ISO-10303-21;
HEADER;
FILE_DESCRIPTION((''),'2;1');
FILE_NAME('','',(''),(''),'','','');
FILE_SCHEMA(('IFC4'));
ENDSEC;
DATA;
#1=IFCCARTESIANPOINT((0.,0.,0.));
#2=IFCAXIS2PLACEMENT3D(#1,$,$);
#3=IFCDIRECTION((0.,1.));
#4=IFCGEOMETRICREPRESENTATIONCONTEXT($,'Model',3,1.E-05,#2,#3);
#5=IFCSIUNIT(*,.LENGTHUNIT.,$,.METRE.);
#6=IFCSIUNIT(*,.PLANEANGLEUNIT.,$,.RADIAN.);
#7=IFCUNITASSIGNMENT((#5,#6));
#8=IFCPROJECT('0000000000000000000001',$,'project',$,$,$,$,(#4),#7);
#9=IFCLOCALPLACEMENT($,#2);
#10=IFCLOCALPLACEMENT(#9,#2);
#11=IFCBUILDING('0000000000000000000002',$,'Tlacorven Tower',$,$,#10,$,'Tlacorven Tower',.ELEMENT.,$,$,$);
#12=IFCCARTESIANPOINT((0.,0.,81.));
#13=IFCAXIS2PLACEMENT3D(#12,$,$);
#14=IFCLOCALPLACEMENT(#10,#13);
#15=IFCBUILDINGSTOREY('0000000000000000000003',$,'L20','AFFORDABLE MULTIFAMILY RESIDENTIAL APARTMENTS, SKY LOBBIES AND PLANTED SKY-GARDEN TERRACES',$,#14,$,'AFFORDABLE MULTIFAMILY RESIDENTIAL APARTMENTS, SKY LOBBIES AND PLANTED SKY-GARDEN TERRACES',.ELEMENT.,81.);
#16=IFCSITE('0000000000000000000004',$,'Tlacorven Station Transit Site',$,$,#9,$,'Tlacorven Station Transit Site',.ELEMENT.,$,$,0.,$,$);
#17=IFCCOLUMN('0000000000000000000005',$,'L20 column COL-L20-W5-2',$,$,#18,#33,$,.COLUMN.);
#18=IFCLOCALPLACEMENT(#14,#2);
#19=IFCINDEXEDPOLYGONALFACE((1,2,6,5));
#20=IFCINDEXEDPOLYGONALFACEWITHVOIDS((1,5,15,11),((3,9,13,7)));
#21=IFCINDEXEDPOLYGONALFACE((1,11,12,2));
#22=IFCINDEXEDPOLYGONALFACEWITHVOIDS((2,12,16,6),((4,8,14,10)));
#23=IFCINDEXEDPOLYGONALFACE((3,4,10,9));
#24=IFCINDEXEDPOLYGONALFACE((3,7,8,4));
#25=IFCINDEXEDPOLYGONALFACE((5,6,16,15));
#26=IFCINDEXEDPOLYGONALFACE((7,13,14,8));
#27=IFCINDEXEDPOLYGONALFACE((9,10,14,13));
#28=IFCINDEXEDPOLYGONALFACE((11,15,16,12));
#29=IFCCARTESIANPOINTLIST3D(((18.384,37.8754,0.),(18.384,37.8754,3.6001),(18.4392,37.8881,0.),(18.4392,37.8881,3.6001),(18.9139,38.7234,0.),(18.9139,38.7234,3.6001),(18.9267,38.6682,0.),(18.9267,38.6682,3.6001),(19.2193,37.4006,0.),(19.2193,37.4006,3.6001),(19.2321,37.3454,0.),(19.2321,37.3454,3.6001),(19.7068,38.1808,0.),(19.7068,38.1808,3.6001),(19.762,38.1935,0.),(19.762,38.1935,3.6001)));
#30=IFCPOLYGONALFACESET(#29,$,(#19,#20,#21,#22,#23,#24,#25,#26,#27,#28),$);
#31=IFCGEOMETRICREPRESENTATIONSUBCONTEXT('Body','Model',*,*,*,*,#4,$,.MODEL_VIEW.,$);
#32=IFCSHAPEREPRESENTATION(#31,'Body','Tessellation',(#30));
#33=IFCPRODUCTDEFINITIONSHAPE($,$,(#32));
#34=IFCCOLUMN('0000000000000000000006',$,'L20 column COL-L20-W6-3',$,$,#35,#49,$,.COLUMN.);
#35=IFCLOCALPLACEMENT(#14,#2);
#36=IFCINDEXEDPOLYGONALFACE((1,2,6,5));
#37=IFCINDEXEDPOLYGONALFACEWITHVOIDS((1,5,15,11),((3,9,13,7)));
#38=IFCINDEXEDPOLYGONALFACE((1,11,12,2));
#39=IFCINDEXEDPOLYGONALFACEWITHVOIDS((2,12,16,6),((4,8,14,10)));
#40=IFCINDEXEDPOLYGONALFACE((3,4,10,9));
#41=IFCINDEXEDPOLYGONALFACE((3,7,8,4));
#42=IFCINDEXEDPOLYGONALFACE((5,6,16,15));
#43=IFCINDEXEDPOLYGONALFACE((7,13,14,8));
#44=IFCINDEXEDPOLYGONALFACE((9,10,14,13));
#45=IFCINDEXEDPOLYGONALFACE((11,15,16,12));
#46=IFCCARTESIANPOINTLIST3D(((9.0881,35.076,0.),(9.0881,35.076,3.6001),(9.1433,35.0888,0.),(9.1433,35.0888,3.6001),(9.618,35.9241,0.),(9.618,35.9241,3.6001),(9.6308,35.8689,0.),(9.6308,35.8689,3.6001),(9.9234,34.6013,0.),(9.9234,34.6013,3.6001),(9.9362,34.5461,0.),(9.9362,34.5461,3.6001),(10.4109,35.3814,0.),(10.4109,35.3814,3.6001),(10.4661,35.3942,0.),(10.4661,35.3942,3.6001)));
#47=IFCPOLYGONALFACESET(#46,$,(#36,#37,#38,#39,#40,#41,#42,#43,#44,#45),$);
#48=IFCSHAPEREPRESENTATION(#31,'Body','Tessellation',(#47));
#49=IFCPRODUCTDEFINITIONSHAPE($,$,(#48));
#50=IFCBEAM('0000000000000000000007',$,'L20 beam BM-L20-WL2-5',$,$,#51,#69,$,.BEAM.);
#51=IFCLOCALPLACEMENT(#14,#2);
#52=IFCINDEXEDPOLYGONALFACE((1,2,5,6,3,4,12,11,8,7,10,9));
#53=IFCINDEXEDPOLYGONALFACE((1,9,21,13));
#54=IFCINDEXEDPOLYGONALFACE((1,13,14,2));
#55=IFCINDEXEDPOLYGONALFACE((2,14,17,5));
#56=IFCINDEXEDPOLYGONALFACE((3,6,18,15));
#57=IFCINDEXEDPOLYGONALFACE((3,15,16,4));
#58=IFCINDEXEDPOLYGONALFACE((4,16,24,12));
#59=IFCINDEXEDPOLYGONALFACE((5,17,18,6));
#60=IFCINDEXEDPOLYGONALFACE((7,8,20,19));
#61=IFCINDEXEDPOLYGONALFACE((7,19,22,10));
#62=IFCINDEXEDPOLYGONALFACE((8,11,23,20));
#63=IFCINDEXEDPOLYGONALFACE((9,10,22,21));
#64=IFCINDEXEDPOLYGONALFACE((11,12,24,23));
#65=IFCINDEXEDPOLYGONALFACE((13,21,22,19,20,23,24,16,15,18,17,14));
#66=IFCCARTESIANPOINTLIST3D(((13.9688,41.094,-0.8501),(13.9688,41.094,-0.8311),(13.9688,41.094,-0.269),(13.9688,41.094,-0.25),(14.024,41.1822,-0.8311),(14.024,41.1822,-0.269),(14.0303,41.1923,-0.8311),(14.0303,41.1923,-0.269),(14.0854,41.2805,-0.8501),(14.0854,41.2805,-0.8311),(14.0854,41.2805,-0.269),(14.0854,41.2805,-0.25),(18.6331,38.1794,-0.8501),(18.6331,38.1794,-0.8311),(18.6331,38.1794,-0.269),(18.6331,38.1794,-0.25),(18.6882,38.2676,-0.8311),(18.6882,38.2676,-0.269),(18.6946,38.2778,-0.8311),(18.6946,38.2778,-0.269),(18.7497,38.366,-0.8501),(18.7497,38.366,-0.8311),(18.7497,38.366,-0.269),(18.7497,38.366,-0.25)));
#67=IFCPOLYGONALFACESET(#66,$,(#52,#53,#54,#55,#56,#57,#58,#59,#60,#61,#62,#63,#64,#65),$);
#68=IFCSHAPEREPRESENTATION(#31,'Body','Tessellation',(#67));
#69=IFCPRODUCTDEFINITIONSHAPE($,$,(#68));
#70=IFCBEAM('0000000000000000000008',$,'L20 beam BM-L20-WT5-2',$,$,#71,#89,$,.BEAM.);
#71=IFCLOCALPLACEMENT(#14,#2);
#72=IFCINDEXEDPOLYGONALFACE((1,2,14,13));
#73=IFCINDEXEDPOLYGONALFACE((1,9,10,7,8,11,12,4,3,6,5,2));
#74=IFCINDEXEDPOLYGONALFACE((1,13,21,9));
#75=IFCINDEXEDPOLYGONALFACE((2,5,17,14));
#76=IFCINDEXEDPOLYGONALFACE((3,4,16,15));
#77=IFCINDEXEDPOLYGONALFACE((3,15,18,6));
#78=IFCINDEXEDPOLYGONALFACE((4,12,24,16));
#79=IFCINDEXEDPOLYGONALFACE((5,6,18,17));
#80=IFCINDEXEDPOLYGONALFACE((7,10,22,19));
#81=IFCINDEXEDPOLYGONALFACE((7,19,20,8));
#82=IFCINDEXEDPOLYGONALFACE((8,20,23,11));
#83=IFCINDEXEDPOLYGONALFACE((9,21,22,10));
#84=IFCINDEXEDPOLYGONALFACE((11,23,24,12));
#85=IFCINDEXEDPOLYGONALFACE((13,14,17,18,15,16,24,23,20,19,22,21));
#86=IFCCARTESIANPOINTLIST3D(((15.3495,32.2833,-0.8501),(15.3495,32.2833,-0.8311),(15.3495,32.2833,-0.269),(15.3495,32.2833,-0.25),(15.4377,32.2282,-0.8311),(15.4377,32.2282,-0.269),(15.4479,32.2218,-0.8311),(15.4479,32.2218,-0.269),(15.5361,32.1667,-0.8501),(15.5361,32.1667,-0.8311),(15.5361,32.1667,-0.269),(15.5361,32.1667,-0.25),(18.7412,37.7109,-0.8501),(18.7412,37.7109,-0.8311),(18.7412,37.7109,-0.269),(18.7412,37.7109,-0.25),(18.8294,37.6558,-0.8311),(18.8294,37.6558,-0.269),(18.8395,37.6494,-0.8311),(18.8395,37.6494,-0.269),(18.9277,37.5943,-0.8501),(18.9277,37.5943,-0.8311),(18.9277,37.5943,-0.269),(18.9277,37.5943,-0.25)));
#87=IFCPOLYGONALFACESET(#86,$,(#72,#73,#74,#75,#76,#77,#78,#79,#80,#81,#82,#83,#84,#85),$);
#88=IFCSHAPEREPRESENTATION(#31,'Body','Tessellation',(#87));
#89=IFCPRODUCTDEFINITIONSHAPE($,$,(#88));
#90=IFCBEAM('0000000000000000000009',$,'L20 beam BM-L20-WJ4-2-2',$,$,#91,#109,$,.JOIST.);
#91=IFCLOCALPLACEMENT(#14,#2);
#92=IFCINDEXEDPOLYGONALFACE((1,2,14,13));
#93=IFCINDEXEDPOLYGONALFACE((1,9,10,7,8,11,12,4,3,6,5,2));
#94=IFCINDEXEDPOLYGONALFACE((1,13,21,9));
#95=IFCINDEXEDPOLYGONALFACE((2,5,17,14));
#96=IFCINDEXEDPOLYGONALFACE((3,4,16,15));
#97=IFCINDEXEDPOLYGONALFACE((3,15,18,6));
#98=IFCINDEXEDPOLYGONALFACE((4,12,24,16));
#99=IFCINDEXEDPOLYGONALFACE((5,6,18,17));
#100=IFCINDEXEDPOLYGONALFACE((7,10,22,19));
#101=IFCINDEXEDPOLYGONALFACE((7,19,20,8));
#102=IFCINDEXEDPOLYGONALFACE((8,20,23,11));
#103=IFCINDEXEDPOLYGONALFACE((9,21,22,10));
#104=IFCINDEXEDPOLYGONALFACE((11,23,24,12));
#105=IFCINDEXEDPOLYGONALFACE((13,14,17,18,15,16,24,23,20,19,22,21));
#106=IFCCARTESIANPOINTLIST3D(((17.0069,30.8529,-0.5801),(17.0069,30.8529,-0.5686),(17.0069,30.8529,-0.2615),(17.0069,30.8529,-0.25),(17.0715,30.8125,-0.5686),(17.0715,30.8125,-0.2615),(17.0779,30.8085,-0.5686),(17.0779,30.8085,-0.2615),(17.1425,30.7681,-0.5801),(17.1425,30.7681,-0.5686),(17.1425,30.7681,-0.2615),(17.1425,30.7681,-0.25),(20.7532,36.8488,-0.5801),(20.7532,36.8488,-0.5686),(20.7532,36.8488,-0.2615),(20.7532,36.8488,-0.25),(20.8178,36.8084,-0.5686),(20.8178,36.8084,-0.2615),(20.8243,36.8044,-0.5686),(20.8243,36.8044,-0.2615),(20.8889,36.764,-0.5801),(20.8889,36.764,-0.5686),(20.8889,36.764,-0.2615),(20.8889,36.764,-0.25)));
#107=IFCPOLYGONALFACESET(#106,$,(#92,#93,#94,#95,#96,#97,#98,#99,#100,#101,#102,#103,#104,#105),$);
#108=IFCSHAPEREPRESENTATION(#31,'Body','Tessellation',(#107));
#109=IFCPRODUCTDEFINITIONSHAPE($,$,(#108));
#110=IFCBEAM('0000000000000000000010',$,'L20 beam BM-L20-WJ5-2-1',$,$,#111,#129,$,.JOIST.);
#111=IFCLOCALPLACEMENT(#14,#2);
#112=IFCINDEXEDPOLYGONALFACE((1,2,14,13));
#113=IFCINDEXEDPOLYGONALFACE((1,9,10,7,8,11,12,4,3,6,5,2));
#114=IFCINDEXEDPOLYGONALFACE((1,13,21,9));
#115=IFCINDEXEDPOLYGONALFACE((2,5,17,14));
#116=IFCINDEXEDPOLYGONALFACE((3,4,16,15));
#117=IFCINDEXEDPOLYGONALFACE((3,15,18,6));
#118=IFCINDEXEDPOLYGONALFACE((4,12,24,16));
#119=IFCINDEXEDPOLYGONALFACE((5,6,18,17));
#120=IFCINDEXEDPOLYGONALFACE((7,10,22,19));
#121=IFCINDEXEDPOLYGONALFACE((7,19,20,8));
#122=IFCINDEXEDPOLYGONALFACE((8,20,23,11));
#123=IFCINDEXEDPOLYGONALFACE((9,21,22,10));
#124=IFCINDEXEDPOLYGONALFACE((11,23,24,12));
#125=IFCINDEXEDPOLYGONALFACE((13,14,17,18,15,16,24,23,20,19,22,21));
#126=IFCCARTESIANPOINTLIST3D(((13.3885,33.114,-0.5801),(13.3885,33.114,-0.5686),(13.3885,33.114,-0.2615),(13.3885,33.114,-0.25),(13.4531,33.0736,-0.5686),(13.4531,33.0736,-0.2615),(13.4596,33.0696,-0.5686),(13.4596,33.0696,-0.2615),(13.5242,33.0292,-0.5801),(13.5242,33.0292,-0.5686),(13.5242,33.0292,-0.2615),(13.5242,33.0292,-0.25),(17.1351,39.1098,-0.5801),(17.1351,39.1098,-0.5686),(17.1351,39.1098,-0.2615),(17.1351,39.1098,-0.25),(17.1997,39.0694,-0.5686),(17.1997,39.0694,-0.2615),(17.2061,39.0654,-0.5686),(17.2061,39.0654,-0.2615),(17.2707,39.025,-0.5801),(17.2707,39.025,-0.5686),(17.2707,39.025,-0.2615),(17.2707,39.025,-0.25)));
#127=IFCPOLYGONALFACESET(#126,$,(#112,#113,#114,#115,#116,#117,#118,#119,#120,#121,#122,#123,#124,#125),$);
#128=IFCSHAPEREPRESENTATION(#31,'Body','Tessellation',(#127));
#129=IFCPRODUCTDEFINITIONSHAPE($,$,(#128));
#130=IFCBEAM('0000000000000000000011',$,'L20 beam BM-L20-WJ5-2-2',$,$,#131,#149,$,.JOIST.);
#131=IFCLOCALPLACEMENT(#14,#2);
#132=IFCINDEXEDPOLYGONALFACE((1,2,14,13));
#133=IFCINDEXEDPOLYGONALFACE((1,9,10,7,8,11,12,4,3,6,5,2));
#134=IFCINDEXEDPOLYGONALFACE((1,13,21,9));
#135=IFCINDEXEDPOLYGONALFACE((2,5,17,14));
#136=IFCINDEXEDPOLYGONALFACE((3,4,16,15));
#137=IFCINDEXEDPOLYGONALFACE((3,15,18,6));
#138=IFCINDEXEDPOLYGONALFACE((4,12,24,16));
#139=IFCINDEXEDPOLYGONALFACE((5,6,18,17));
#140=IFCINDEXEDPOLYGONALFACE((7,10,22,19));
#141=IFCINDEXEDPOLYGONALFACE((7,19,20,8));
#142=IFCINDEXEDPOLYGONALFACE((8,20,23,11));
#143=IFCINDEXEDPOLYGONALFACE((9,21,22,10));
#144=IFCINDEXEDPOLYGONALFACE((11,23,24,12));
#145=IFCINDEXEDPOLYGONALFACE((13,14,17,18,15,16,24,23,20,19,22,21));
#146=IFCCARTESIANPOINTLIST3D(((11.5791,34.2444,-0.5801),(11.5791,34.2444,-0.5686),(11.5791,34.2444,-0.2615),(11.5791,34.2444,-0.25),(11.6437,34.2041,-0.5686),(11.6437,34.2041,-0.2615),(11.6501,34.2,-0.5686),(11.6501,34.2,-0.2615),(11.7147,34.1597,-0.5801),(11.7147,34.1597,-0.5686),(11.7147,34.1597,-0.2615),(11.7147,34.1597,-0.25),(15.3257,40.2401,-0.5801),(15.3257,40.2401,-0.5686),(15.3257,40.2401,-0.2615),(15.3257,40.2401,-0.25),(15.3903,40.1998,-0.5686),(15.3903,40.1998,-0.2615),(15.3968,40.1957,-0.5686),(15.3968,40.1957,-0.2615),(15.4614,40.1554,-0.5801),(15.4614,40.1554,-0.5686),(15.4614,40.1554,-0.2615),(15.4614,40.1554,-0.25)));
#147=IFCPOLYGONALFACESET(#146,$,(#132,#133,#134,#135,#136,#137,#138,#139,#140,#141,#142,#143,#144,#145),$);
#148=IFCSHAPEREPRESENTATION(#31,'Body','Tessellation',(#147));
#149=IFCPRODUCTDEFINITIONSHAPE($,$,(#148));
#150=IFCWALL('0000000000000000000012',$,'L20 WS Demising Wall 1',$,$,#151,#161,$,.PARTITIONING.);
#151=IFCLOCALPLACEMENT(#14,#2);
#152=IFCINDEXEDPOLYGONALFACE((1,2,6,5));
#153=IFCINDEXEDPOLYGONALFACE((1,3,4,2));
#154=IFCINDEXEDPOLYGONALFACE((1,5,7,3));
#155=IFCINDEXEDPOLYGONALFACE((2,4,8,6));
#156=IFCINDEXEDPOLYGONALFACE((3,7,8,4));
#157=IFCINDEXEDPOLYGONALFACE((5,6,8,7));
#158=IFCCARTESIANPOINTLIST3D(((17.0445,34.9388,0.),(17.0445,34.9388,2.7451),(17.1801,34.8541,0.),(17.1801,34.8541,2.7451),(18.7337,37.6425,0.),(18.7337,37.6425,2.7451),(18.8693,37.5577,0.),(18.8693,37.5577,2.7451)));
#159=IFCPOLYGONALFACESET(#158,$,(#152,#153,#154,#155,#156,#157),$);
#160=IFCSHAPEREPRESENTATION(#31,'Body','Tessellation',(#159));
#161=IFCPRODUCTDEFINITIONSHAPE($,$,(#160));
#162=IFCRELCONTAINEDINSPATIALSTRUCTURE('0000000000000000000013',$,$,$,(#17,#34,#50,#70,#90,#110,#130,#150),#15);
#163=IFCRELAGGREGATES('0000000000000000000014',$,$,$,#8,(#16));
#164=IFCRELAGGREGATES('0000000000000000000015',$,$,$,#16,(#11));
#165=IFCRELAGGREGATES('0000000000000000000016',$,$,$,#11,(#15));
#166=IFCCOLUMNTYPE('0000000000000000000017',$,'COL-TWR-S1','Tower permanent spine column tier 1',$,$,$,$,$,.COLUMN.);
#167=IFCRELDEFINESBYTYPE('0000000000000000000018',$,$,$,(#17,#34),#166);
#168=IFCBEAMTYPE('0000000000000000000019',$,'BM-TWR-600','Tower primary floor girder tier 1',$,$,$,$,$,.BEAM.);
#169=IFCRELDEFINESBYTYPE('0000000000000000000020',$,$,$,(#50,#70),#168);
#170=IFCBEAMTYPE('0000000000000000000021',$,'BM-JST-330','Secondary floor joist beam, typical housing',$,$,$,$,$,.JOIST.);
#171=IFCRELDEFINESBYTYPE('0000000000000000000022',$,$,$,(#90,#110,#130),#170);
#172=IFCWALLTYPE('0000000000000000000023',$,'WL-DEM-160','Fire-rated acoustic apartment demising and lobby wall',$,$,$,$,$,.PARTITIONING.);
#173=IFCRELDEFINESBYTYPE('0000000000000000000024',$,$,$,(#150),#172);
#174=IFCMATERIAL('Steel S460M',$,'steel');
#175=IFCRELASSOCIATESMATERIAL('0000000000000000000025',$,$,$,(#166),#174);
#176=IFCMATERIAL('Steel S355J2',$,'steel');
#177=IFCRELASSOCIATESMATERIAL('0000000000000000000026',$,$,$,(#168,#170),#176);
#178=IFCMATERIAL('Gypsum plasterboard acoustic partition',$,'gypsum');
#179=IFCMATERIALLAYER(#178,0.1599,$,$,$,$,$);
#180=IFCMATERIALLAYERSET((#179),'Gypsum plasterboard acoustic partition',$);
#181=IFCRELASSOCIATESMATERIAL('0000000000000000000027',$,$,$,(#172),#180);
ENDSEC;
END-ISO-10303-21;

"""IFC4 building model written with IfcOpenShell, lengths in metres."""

from ifc_helpers import new_model, si_unit, direction, frame, frame_2d, origin, origin_2d, place, context, subcontext, project, spatial, rectangle, hollow_rectangle, i_section, extrude, source, transform, mapped, material, layer, layer_set, material_profile, profile_set, type_object, element, save


model = new_model("IFC4")

# Units and contexts
model_context = context("Model", 3, precision=1e-05, world=origin(), true_north=direction((0.0, 1.0)))
body_context = subcontext(model_context, "Body", "Model", "MODEL_VIEW")
ifc_project = project(units=[si_unit("LENGTHUNIT", "METRE"), si_unit("PLANEANGLEUNIT", "RADIAN")], contexts=[model_context])

# Site, building, storey
site_placement = place(None, origin())
site = spatial("IfcSite", under=ifc_project, at=site_placement, Name="Tlacorven Station Transit Site", LongName="Tlacorven Station Transit Site", CompositionType="ELEMENT", RefElevation=0.0)
building_placement = place(site_placement, origin())
building = spatial("IfcBuilding", under=site, at=building_placement, Name="Tlacorven Tower", LongName="Tlacorven Tower", CompositionType="ELEMENT")
storey_placement = place(building_placement, frame((0.0, 0.0, 81.0)))
storey = spatial("IfcBuildingStorey", under=building, at=storey_placement, Name="L20", Description="AFFORDABLE MULTIFAMILY RESIDENTIAL APARTMENTS, SKY LOBBIES AND PLANTED SKY-GARDEN TERRACES", LongName="AFFORDABLE MULTIFAMILY RESIDENTIAL APARTMENTS, SKY LOBBIES AND PLANTED SKY-GARDEN TERRACES", CompositionType="ELEMENT", Elevation=81.0)

# Columns
ifc_material_1 = material(Name="Steel S460M", Category="steel")
ifc_material_profile_1 = material_profile(ifc_material_1, hollow_rectangle(XDim=1.0, YDim=1.0, WallThickness=0.04, at=origin_2d()), Name="BOX 1000X1000X40")
ifc_profile_set_1 = profile_set([ifc_material_profile_1], Name="Steel S460M")
column_type = type_object("IfcColumnType", Name="COL-TWR-S1", Description="Tower permanent spine column tier 1", PredefinedType="COLUMN", material=ifc_profile_set_1)
shared_shape_1 = source(origin(), body_context, "Body", "SweptSolid", [
    extrude(hollow_rectangle(XDim=1.0, YDim=1.0, WallThickness=0.04, at=origin_2d()), origin(), (0.0, 0.0, 1.0), 3.6001),
])
for number, where, z_axis, x_axis, name in (
    (1, (19.073, 38.0344, 0.0), (0.0, 0.0, 1.0), (-0.848048, 0.529919, 0.0), "L20 column COL-L20-W5-2"),
    (2, (9.7771, 35.2351, 0.0), (0.0, 0.0, 1.0), (-0.848048, 0.529919, 0.0), "L20 column COL-L20-W6-3"),
):
    element("IfcColumn", number, at=place(storey_placement, frame(where, z_axis=z_axis, x_axis=x_axis)), inside=storey, type_object=column_type, Name=name, PredefinedType="COLUMN", context=body_context, shape_type="MappedRepresentation", body=[
        mapped(shared_shape_1, transform((0.0, 0.0, 0.0), scale=1.0)),
    ])

# Beams
ifc_material_2 = material(Name="Steel S355J2", Category="steel")
ifc_material_profile_2 = material_profile(ifc_material_2, i_section(OverallWidth=0.22, OverallDepth=0.6001, WebThickness=0.012, FlangeThickness=0.019, at=origin_2d()), Name="IPE 600")
ifc_profile_set_2 = profile_set([ifc_material_profile_2], Name="Steel S355J2")
beam_type_1 = type_object("IfcBeamType", Name="BM-TWR-600", Description="Tower primary floor girder tier 1", PredefinedType="BEAM", material=ifc_profile_set_2)
shared_shape_2 = source(origin(), body_context, "Body", "SweptSolid", [
    extrude(i_section(OverallWidth=0.22, OverallDepth=0.6001, WebThickness=0.012, FlangeThickness=0.019, at=origin_2d()), origin(), (0.0, 0.0, 1.0), 5.5),
])
beam_1_placement = place(storey_placement, frame((18.6914, 38.2727, -0.55), z_axis=(-0.848051, 0.529915, 0.0), x_axis=(-0.529915, -0.848051, 0.0)))
element("IfcBeam", 3, at=beam_1_placement, inside=storey, type_object=beam_type_1, Name="L20 beam BM-L20-WL2-5", PredefinedType="BEAM", context=body_context, shape_type="MappedRepresentation", body=[
    mapped(shared_shape_2, transform((0.0, 0.0, 0.0), scale=1.0)),
])
shared_shape_3 = source(origin(), body_context, "Body", "SweptSolid", [
    extrude(i_section(OverallWidth=0.22, OverallDepth=0.6001, WebThickness=0.012, FlangeThickness=0.019, at=origin_2d()), origin(), (0.0, 0.0, 1.0), 6.4001),
])
beam_2_placement = place(storey_placement, frame((18.8345, 37.6526, -0.55), z_axis=(-0.529934, -0.848039, 0.0), x_axis=(0.848039, -0.529934, 0.0)))
element("IfcBeam", 4, at=beam_2_placement, inside=storey, type_object=beam_type_1, Name="L20 beam BM-L20-WT5-2", PredefinedType="BEAM", context=body_context, shape_type="MappedRepresentation", body=[
    mapped(shared_shape_3, transform((0.0, 0.0, 0.0), scale=1.0)),
])
ifc_material_profile_3 = material_profile(ifc_material_2, i_section(OverallWidth=0.1599, OverallDepth=0.3301, WebThickness=0.0076, FlangeThickness=0.0115, at=origin_2d()), Name="IPE 330")
ifc_profile_set_3 = profile_set([ifc_material_profile_3], Name="Steel S355J2")
beam_type_2 = type_object("IfcBeamType", Name="BM-JST-330", Description="Secondary floor joist beam, typical housing", PredefinedType="JOIST", material=ifc_profile_set_3)
shared_shape_4 = source(origin(), body_context, "Body", "SweptSolid", [
    extrude(i_section(OverallWidth=0.1599, OverallDepth=0.3301, WebThickness=0.0076, FlangeThickness=0.0115, at=origin_2d()), origin(), (0.0, 0.0, 1.0), 7.0701),
])
for number, where, z_axis, x_axis, name in (
    (5, (20.821, 36.8064, -0.415), (-0.52989, -0.848066, 0.0), (0.848066, -0.52989, 0.0), "L20 beam BM-L20-WJ4-2-2"),
    (6, (17.2029, 39.0674, -0.415), (-0.529915, -0.848051, 0.0), (0.848051, -0.529915, 0.0), "L20 beam BM-L20-WJ5-2-1"),
    (7, (15.3936, 40.1978, -0.415), (-0.529931, -0.848041, 0.0), (0.848041, -0.529931, 0.0), "L20 beam BM-L20-WJ5-2-2"),
):
    element("IfcBeam", number, at=place(storey_placement, frame(where, z_axis=z_axis, x_axis=x_axis)), inside=storey, type_object=beam_type_2, Name=name, PredefinedType="JOIST", context=body_context, shape_type="MappedRepresentation", body=[
        mapped(shared_shape_4, transform((0.0, 0.0, 0.0), scale=1.0)),
    ])

# Wall
ifc_material_3 = material(Name="Gypsum plasterboard acoustic partition", Category="gypsum")
ifc_layer_1 = layer(ifc_material_3, 0.1599)
ifc_layer_set_1 = layer_set([ifc_layer_1], Name="Gypsum plasterboard acoustic partition")
wall_type_1 = type_object("IfcWallType", Name="WL-DEM-160", Description="Fire-rated acoustic apartment demising and lobby wall", PredefinedType="PARTITIONING", material=ifc_layer_set_1)
wall_1_placement = place(storey_placement, frame((18.8015, 37.6001, 0.0), z_axis=(0.0, 0.0, 1.0), x_axis=(-0.529875, -0.848076, 0.0)))
element("IfcWall", 8, at=wall_1_placement, inside=storey, type_object=wall_type_1, Name="L20 WS Demising Wall 1", PredefinedType="PARTITIONING", context=body_context, shape_type="SweptSolid", body=[
    extrude(rectangle(XDim=3.188, YDim=0.1599, at=frame_2d((1.594, 0.0))), origin(), (0.0, 0.0, 1.0), 2.7451),
])

save(model, "model.ifc")
